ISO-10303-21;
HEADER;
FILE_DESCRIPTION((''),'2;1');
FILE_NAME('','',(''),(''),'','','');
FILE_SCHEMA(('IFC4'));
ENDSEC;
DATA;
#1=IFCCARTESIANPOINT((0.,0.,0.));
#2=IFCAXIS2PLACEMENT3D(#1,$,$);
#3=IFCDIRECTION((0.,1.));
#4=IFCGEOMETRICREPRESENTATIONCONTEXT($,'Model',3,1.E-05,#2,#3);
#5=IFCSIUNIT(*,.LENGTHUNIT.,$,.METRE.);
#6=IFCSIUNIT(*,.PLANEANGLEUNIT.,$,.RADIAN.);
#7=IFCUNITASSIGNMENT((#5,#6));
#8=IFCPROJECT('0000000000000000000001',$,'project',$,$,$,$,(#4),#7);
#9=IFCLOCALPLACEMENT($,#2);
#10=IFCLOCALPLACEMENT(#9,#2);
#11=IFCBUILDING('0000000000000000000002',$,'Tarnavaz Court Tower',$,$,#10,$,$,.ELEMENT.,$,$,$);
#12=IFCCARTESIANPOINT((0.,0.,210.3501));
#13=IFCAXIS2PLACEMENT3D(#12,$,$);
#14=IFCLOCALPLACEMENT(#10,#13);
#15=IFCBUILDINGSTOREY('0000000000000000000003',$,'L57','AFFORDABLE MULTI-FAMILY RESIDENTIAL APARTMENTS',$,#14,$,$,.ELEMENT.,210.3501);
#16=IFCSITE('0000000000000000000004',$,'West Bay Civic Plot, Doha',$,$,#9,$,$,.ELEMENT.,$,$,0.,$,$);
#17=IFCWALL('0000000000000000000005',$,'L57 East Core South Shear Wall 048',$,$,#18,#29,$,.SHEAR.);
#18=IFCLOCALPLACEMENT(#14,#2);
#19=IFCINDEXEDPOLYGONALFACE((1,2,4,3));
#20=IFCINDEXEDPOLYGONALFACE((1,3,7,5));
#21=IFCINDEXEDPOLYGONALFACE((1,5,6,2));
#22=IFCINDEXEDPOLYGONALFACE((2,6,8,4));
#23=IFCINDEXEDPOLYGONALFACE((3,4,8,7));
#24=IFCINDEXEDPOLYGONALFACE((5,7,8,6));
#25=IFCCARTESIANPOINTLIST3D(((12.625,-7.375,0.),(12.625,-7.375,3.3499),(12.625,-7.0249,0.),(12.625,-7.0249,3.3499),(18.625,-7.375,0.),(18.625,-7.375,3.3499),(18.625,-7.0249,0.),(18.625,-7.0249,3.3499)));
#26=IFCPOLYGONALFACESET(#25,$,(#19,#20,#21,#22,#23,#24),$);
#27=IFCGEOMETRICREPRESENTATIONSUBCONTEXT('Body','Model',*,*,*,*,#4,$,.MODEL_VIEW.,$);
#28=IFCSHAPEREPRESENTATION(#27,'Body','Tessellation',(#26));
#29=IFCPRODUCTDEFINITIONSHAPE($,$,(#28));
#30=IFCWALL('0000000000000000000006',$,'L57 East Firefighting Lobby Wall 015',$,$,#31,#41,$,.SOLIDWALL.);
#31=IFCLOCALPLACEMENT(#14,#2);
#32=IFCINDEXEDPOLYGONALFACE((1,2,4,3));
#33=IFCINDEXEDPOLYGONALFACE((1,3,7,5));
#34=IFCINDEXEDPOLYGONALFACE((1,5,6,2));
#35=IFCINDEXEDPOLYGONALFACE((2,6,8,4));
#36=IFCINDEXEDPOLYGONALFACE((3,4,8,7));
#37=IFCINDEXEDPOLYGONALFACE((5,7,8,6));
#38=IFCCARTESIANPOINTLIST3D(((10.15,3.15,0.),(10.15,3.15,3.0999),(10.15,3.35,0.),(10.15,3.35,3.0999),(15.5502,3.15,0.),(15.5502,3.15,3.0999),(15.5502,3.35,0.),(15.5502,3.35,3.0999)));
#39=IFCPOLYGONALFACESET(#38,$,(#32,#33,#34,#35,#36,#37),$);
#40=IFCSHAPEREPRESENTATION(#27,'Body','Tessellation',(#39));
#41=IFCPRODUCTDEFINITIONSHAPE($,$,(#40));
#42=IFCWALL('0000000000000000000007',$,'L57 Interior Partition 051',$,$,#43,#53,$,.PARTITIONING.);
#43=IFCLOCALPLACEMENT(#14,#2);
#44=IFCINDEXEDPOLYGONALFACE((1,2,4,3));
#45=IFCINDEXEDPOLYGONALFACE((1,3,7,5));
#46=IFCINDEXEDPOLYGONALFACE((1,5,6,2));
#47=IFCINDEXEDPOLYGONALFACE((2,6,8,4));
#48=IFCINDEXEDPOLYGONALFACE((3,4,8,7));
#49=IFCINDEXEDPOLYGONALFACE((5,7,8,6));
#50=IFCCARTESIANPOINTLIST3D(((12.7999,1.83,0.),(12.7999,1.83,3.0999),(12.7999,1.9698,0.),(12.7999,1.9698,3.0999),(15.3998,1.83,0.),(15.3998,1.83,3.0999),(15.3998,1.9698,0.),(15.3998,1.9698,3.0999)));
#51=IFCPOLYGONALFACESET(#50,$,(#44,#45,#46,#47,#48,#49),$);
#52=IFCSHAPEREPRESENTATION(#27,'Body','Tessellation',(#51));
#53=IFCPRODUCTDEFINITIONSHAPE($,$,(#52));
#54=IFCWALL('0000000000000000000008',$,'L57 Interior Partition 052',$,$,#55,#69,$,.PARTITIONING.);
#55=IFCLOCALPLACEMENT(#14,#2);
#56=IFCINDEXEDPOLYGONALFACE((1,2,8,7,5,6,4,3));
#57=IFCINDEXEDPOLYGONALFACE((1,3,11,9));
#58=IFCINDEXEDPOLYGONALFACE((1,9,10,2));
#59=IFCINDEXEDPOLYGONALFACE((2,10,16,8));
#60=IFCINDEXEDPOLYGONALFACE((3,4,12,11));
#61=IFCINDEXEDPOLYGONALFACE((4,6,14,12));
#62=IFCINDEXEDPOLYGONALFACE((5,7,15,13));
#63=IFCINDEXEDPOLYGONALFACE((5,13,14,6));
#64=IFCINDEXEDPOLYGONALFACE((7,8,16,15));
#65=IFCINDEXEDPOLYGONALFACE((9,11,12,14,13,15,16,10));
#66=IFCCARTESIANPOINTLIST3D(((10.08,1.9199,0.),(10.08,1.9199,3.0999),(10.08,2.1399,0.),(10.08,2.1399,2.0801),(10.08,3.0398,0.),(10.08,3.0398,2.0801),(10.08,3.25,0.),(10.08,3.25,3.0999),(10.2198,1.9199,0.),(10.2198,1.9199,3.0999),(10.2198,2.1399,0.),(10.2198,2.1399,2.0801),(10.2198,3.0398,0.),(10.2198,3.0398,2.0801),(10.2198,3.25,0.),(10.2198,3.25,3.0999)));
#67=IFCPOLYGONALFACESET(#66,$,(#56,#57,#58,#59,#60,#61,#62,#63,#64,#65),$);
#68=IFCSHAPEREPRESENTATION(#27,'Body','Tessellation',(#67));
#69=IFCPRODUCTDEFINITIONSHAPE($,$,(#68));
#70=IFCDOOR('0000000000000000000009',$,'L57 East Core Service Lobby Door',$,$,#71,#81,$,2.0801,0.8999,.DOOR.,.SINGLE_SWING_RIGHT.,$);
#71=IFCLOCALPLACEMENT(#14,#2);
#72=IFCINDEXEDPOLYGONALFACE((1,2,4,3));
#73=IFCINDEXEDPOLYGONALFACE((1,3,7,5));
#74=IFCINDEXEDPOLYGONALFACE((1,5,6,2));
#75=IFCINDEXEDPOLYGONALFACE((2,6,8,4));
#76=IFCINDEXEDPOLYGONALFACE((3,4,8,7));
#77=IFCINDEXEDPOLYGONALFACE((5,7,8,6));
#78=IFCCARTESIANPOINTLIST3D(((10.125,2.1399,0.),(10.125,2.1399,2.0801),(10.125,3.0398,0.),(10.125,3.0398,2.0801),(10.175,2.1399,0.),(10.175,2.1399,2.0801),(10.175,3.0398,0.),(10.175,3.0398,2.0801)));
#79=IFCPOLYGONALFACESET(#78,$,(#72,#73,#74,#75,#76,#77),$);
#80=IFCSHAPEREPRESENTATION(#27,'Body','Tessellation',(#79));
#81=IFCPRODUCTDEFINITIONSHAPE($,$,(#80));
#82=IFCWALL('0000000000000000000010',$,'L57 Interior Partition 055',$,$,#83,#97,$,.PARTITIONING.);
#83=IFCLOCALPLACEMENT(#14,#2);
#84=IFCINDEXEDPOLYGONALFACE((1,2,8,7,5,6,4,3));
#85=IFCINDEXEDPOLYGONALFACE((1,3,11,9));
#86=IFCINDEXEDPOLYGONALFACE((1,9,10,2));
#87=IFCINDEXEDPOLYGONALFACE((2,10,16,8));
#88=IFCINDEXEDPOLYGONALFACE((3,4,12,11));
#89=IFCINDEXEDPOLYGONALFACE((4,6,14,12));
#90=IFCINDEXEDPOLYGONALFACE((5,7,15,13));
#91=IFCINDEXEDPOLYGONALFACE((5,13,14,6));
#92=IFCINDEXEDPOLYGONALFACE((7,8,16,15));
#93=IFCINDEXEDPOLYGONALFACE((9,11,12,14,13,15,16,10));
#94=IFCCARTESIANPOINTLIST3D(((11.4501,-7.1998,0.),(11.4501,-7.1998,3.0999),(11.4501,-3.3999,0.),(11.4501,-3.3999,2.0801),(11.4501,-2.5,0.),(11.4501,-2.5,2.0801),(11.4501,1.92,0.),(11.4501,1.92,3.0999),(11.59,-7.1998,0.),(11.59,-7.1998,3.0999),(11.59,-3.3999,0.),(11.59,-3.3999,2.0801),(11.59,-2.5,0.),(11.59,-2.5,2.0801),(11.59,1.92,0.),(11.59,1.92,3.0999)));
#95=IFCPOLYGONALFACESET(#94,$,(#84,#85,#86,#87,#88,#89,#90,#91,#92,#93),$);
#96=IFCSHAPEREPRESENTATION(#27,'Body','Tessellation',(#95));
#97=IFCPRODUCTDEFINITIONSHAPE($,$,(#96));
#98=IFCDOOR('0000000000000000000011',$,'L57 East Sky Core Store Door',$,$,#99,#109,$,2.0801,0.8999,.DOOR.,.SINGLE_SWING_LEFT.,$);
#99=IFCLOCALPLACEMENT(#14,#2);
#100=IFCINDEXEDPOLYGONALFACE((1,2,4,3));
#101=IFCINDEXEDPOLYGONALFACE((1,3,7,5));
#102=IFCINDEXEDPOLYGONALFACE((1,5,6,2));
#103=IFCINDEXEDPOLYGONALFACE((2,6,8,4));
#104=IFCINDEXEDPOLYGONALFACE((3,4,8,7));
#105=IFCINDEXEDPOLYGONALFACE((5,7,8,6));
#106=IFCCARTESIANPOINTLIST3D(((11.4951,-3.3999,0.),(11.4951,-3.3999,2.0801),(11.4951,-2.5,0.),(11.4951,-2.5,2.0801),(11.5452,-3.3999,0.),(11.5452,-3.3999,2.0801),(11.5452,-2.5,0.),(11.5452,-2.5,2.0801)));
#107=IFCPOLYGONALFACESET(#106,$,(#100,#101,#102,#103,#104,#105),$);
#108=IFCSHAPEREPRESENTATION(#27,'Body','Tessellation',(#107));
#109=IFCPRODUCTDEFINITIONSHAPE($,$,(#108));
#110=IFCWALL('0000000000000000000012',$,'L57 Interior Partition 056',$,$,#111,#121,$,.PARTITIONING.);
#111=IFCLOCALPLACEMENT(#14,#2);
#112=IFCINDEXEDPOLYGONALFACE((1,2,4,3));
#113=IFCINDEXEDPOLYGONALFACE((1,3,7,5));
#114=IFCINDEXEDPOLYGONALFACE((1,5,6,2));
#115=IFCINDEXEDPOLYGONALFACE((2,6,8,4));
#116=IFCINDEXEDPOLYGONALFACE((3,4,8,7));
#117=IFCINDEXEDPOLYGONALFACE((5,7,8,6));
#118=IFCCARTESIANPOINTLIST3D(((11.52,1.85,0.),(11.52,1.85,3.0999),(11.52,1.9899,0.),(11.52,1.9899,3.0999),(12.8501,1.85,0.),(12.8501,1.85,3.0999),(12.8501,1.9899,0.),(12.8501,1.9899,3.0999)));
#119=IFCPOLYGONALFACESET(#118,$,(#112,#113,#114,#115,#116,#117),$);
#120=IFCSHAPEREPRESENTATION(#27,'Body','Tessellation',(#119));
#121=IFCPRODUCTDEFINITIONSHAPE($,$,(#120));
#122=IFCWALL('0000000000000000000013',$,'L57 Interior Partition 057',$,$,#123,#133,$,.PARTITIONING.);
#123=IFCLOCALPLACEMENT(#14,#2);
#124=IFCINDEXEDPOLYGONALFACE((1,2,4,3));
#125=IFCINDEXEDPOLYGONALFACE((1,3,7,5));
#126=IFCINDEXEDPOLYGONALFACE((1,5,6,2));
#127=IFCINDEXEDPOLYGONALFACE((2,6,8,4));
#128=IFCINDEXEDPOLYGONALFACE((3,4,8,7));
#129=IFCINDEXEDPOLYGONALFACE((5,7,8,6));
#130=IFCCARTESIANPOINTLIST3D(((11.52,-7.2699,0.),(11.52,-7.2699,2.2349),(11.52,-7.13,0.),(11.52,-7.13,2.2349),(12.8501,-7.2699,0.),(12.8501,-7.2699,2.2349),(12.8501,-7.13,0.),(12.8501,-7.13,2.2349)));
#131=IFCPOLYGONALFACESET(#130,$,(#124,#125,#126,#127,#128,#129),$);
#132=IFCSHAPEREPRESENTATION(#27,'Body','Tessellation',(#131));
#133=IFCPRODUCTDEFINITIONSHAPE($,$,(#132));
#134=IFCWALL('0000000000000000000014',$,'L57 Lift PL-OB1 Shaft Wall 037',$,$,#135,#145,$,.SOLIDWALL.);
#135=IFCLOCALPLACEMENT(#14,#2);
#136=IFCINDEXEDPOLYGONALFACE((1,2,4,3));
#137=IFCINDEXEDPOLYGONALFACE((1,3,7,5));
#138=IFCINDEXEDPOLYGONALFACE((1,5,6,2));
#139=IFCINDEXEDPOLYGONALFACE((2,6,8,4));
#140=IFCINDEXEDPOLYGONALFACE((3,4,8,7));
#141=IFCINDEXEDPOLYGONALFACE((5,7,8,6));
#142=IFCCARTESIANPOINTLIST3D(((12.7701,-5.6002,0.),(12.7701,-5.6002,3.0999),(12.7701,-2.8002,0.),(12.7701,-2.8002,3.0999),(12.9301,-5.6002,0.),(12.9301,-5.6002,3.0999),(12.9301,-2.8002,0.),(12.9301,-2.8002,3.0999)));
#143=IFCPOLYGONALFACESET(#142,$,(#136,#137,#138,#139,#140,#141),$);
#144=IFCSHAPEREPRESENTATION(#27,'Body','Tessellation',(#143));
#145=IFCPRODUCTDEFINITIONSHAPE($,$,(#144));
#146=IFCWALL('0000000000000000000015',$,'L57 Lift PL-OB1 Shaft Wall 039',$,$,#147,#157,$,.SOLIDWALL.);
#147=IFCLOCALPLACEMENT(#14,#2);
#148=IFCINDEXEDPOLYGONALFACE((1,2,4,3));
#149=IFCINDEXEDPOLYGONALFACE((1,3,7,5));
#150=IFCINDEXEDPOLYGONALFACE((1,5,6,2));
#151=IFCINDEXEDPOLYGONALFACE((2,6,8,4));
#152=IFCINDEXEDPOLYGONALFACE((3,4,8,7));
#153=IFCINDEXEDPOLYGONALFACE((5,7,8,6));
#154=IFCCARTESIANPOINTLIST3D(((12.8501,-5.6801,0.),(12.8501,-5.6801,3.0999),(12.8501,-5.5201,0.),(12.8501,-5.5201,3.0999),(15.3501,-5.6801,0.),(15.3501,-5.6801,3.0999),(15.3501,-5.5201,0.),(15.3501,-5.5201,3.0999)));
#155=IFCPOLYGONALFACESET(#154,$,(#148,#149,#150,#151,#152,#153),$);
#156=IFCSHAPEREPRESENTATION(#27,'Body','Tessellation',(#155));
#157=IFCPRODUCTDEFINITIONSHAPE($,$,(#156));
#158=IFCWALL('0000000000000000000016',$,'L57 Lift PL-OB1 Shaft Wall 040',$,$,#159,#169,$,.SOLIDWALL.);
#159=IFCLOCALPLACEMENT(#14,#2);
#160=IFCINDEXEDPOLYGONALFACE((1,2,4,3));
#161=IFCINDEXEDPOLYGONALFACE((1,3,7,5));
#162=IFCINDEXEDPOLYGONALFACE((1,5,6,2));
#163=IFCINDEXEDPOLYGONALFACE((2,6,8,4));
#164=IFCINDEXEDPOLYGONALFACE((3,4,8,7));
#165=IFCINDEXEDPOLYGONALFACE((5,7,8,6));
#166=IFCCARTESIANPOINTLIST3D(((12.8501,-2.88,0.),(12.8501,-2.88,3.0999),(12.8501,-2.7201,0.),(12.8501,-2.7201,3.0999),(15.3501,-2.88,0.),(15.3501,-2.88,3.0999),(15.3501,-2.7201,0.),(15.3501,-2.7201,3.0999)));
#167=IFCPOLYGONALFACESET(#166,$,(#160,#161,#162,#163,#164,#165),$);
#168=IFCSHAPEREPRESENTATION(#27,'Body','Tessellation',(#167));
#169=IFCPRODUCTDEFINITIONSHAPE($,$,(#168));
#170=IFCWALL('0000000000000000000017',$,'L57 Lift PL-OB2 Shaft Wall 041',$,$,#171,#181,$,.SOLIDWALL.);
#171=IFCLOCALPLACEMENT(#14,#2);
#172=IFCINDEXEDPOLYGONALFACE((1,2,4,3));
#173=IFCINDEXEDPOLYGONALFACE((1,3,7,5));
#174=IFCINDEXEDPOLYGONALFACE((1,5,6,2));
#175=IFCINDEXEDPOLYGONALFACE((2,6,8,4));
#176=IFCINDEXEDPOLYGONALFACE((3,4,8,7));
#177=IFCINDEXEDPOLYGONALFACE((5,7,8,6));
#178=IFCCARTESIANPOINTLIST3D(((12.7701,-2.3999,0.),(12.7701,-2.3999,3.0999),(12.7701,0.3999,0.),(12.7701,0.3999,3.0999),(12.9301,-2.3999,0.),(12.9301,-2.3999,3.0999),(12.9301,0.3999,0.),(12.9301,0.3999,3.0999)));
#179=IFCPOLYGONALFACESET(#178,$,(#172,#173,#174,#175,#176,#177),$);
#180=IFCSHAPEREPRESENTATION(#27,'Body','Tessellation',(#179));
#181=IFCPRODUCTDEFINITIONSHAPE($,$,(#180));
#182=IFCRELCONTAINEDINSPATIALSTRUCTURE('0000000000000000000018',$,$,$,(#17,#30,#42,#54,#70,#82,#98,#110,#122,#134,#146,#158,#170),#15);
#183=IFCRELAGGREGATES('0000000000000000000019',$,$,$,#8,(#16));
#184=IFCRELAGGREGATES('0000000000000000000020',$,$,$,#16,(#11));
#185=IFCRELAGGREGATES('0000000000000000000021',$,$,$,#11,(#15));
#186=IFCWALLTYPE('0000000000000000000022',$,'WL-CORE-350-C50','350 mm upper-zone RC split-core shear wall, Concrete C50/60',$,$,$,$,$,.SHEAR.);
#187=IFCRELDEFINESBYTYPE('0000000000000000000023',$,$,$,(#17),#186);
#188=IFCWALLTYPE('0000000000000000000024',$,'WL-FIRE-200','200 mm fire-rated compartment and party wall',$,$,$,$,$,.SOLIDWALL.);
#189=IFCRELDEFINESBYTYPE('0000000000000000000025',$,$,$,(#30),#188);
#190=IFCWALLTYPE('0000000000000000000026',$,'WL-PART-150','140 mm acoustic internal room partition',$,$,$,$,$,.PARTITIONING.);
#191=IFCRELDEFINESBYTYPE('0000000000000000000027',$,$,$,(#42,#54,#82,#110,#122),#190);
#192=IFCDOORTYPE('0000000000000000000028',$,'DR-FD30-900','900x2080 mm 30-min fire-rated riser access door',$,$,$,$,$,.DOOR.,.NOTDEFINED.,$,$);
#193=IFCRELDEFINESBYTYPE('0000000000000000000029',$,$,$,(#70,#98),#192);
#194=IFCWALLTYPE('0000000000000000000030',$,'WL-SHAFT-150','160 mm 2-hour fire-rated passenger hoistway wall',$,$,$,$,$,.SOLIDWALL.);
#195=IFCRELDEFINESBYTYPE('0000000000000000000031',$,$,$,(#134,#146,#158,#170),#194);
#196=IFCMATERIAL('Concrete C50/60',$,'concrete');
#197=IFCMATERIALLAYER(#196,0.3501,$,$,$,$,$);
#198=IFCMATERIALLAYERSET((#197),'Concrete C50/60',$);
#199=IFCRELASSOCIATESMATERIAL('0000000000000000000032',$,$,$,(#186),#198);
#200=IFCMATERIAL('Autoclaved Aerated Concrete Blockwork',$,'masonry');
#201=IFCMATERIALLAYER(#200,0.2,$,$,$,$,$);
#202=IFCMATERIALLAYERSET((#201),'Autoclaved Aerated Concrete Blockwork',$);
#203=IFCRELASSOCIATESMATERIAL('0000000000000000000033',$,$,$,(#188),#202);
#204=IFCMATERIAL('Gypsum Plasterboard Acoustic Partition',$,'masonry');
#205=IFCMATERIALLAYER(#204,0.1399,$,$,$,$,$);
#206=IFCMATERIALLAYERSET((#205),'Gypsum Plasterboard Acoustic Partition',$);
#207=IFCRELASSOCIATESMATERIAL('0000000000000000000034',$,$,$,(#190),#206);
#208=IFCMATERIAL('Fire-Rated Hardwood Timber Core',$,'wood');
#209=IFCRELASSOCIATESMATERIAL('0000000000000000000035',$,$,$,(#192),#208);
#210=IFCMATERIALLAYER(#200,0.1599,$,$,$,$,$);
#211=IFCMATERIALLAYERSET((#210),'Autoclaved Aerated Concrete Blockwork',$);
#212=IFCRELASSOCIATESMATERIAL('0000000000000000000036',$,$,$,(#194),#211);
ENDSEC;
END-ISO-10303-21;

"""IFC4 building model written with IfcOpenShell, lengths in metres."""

from ifc_helpers import new_model, si_unit, direction, frame, frame_2d, origin, place, context, subcontext, project, spatial, rectangle, extrude, material, layer, layer_set, type_object, element, fill, save


model = new_model("IFC4")

# Units and contexts
model_context = context("Model", 3, precision=1e-05, world=origin(), true_north=direction((0.0, 1.0)))
body_context = subcontext(model_context, "Body", "Model", "MODEL_VIEW")
ifc_project = project(units=[si_unit("LENGTHUNIT", "METRE"), si_unit("PLANEANGLEUNIT", "RADIAN")], contexts=[model_context])

# Site, building, storey
site_placement = place(None, origin())
site = spatial("IfcSite", under=ifc_project, at=site_placement, Name="West Bay Civic Plot, Doha", CompositionType="ELEMENT", RefElevation=0.0)
building_placement = place(site_placement, origin())
building = spatial("IfcBuilding", under=site, at=building_placement, Name="Tarnavaz Court Tower", CompositionType="ELEMENT")
storey_placement = place(building_placement, frame((0.0, 0.0, 210.3501)))
storey = spatial("IfcBuildingStorey", under=building, at=storey_placement, Name="L57", Description="AFFORDABLE MULTI-FAMILY RESIDENTIAL APARTMENTS", CompositionType="ELEMENT", Elevation=210.3501)

# Shared definitions
ifc_material_1 = material(Name="Concrete C50/60", Category="concrete")

# Walls
ifc_layer_1 = layer(ifc_material_1, 0.3501)
ifc_layer_set_1 = layer_set([ifc_layer_1], Name="Concrete C50/60")
wall_type_1 = type_object("IfcWallType", Name="WL-CORE-350-C50", Description="350 mm upper-zone RC split-core shear wall, Concrete C50/60", PredefinedType="SHEAR", material=ifc_layer_set_1)
wall_1_placement = place(storey_placement, frame((12.625, -7.2, 0.0), z_axis=(0.0, 0.0, 1.0), x_axis=(1.0, 0.0, 0.0)))
element("IfcWall", 1, at=wall_1_placement, inside=storey, type_object=wall_type_1, Name="L57 East Core South Shear Wall 048", PredefinedType="SHEAR", context=body_context, shape_type="SweptSolid", body=[
    extrude(rectangle(XDim=6.0, YDim=0.3501, at=frame_2d((3.0, 0.0))), origin(), (0.0, 0.0, 1.0), 3.3499),
])
ifc_material_2 = material(Name="Autoclaved Aerated Concrete Blockwork", Category="masonry")
ifc_layer_2 = layer(ifc_material_2, 0.2)
ifc_layer_set_2 = layer_set([ifc_layer_2], Name="Autoclaved Aerated Concrete Blockwork")
wall_type_2 = type_object("IfcWallType", Name="WL-FIRE-200", Description="200 mm fire-rated compartment and party wall", PredefinedType="SOLIDWALL", material=ifc_layer_set_2)
wall_2_placement = place(storey_placement, frame((10.1499, 3.25, 0.0), z_axis=(0.0, 0.0, 1.0), x_axis=(1.0, 0.0, 0.0)))
element("IfcWall", 2, at=wall_2_placement, inside=storey, type_object=wall_type_2, Name="L57 East Firefighting Lobby Wall 015", PredefinedType="SOLIDWALL", context=body_context, shape_type="SweptSolid", body=[
    extrude(rectangle(XDim=5.4001, YDim=0.2, at=frame_2d((2.7002, 0.0))), origin(), (0.0, 0.0, 1.0), 3.0999),
])
ifc_material_3 = material(Name="Gypsum Plasterboard Acoustic Partition", Category="masonry")
ifc_layer_3 = layer(ifc_material_3, 0.1399)
ifc_layer_set_3 = layer_set([ifc_layer_3], Name="Gypsum Plasterboard Acoustic Partition")
wall_type_3 = type_object("IfcWallType", Name="WL-PART-150", Description="140 mm acoustic internal room partition", PredefinedType="PARTITIONING", material=ifc_layer_set_3)
wall_3_placement = place(storey_placement, frame((12.8, 1.8999, 0.0), z_axis=(0.0, 0.0, 1.0), x_axis=(1.0, 0.0, 0.0)))
element("IfcWall", 3, at=wall_3_placement, inside=storey, type_object=wall_type_3, Name="L57 Interior Partition 051", PredefinedType="PARTITIONING", context=body_context, shape_type="SweptSolid", body=[
    extrude(rectangle(XDim=2.5999, YDim=0.1399, at=frame_2d((1.2998, 0.0))), origin(), (0.0, 0.0, 1.0), 3.0999),
])

# Walls, openings, doors
wall_4_placement = place(storey_placement, frame((10.1499, 1.9199, 0.0), z_axis=(0.0, 0.0, 1.0), x_axis=(0.0, 1.0, 0.0)))
wall_4 = element("IfcWall", 4, at=wall_4_placement, inside=storey, type_object=wall_type_3, Name="L57 Interior Partition 052", PredefinedType="PARTITIONING", context=body_context, shape_type="SweptSolid", body=[
    extrude(rectangle(XDim=1.3301, YDim=0.1399, at=frame_2d((0.665, 0.0))), origin(), (0.0, 0.0, 1.0), 3.0999),
])
opening_1_placement = place(wall_4_placement, frame((0.22, 0.0, 0.0)))
opening_1 = element("IfcOpeningElement", 5, at=opening_1_placement, cuts=wall_4, PredefinedType="OPENING", context=body_context, shape_type="SweptSolid", body=[
    extrude(rectangle(XDim=0.8999, YDim=2.0801, at=frame_2d((0.45, 1.04))), frame((0.0, 0.0798, 0.0), z_axis=(0.0, -1.0, 0.0), x_axis=(1.0, 0.0, 0.0)), (0.0, 0.0, 1.0), 0.1599),
])
ifc_material_4 = material(Name="Fire-Rated Hardwood Timber Core", Category="wood")
door_type = type_object("IfcDoorType", Name="DR-FD30-900", Description="900x2080 mm 30-min fire-rated riser access door", OperationType="NOTDEFINED", PredefinedType="DOOR", material=ifc_material_4)
door_1_placement = place(opening_1_placement, origin())
door_1 = element("IfcDoor", 6, at=door_1_placement, inside=storey, type_object=door_type, Name="L57 East Core Service Lobby Door", OperationType="SINGLE_SWING_RIGHT", OverallHeight=2.0801, OverallWidth=0.8999, PredefinedType="DOOR", context=body_context, shape_type="SweptSolid", body=[
    extrude(rectangle(XDim=0.8999, YDim=2.0801, at=frame_2d((0.45, 1.04))), frame((0.0, 0.0249, 0.0), z_axis=(0.0, -1.0, 0.0), x_axis=(1.0, 0.0, 0.0)), (0.0, 0.0, 1.0), 0.05),
])
fill(opening_1, door_1)
wall_5_placement = place(storey_placement, frame((11.52, -7.2, 0.0), z_axis=(0.0, 0.0, 1.0), x_axis=(0.0, 1.0, 0.0)))
wall_5 = element("IfcWall", 7, at=wall_5_placement, inside=storey, type_object=wall_type_3, Name="L57 Interior Partition 055", PredefinedType="PARTITIONING", context=body_context, shape_type="SweptSolid", body=[
    extrude(rectangle(XDim=9.1199, YDim=0.1399, at=frame_2d((4.5601, 0.0))), origin(), (0.0, 0.0, 1.0), 3.0999),
])
opening_2_placement = place(wall_5_placement, frame((3.8, 0.0, 0.0)))
opening_2 = element("IfcOpeningElement", 8, at=opening_2_placement, cuts=wall_5, PredefinedType="OPENING", context=body_context, shape_type="SweptSolid", body=[
    extrude(rectangle(XDim=0.8999, YDim=2.0801, at=frame_2d((0.45, 1.04))), frame((0.0, 0.0798, 0.0), z_axis=(0.0, -1.0, 0.0), x_axis=(1.0, 0.0, 0.0)), (0.0, 0.0, 1.0), 0.1599),
])
door_2_placement = place(opening_2_placement, origin())
door_2 = element("IfcDoor", 9, at=door_2_placement, inside=storey, type_object=door_type, Name="L57 East Sky Core Store Door", OperationType="SINGLE_SWING_LEFT", OverallHeight=2.0801, OverallWidth=0.8999, PredefinedType="DOOR", context=body_context, shape_type="SweptSolid", body=[
    extrude(rectangle(XDim=0.8999, YDim=2.0801, at=frame_2d((0.45, 1.04))), frame((0.0, 0.0249, 0.0), z_axis=(0.0, -1.0, 0.0), x_axis=(1.0, 0.0, 0.0)), (0.0, 0.0, 1.0), 0.05),
])
fill(opening_2, door_2)

# Walls
wall_6_placement = place(storey_placement, frame((11.52, 1.9199, 0.0), z_axis=(0.0, 0.0, 1.0), x_axis=(1.0, 0.0, 0.0)))
element("IfcWall", 10, at=wall_6_placement, inside=storey, type_object=wall_type_3, Name="L57 Interior Partition 056", PredefinedType="PARTITIONING", context=body_context, shape_type="SweptSolid", body=[
    extrude(rectangle(XDim=1.3301, YDim=0.1399, at=frame_2d((0.665, 0.0))), origin(), (0.0, 0.0, 1.0), 3.0999),
])
wall_7_placement = place(storey_placement, frame((11.52, -7.2, 0.0), z_axis=(0.0, 0.0, 1.0), x_axis=(1.0, 0.0, 0.0)))
element("IfcWall", 11, at=wall_7_placement, inside=storey, type_object=wall_type_3, Name="L57 Interior Partition 057", PredefinedType="PARTITIONING", context=body_context, shape_type="SweptSolid", body=[
    extrude(rectangle(XDim=1.3301, YDim=0.1399, at=frame_2d((0.665, 0.0))), origin(), (0.0, 0.0, 1.0), 2.2349),
])
ifc_layer_4 = layer(ifc_material_2, 0.1599)
ifc_layer_set_4 = layer_set([ifc_layer_4], Name="Autoclaved Aerated Concrete Blockwork")
wall_type_4 = type_object("IfcWallType", Name="WL-SHAFT-150", Description="160 mm 2-hour fire-rated passenger hoistway wall", PredefinedType="SOLIDWALL", material=ifc_layer_set_4)
wall_8_placement = place(storey_placement, frame((12.8501, -5.6001, 0.0), z_axis=(0.0, 0.0, 1.0), x_axis=(0.0, 1.0, 0.0)))
element("IfcWall", 12, at=wall_8_placement, inside=storey, type_object=wall_type_4, Name="L57 Lift PL-OB1 Shaft Wall 037", PredefinedType="SOLIDWALL", context=body_context, shape_type="SweptSolid", body=[
    extrude(rectangle(XDim=2.8, YDim=0.1599, at=frame_2d((1.3999, 0.0))), origin(), (0.0, 0.0, 1.0), 3.0999),
])
for number, where, z_axis, x_axis, name in (
    (13, (12.8501, -5.6001, 0.0), (0.0, 0.0, 1.0), (1.0, 0.0, 0.0), "L57 Lift PL-OB1 Shaft Wall 039"),
    (14, (12.8501, -2.8, 0.0), (0.0, 0.0, 1.0), (1.0, 0.0, 0.0), "L57 Lift PL-OB1 Shaft Wall 040"),
):
    element("IfcWall", number, at=place(storey_placement, frame(where, z_axis=z_axis, x_axis=x_axis)), inside=storey, type_object=wall_type_4, Name=name, PredefinedType="SOLIDWALL", context=body_context, shape_type="SweptSolid", body=[
        extrude(rectangle(XDim=2.5, YDim=0.1599, at=frame_2d((1.25, 0.0))), origin(), (0.0, 0.0, 1.0), 3.0999),
    ])
wall_9_placement = place(storey_placement, frame((12.8501, -2.3999, 0.0), z_axis=(0.0, 0.0, 1.0), x_axis=(0.0, 1.0, 0.0)))
element("IfcWall", 15, at=wall_9_placement, inside=storey, type_object=wall_type_4, Name="L57 Lift PL-OB2 Shaft Wall 041", PredefinedType="SOLIDWALL", context=body_context, shape_type="SweptSolid", body=[
    extrude(rectangle(XDim=2.7998, YDim=0.1599, at=frame_2d((1.3999, 0.0))), origin(), (0.0, 0.0, 1.0), 3.0999),
])

save(model, "model.ifc")
